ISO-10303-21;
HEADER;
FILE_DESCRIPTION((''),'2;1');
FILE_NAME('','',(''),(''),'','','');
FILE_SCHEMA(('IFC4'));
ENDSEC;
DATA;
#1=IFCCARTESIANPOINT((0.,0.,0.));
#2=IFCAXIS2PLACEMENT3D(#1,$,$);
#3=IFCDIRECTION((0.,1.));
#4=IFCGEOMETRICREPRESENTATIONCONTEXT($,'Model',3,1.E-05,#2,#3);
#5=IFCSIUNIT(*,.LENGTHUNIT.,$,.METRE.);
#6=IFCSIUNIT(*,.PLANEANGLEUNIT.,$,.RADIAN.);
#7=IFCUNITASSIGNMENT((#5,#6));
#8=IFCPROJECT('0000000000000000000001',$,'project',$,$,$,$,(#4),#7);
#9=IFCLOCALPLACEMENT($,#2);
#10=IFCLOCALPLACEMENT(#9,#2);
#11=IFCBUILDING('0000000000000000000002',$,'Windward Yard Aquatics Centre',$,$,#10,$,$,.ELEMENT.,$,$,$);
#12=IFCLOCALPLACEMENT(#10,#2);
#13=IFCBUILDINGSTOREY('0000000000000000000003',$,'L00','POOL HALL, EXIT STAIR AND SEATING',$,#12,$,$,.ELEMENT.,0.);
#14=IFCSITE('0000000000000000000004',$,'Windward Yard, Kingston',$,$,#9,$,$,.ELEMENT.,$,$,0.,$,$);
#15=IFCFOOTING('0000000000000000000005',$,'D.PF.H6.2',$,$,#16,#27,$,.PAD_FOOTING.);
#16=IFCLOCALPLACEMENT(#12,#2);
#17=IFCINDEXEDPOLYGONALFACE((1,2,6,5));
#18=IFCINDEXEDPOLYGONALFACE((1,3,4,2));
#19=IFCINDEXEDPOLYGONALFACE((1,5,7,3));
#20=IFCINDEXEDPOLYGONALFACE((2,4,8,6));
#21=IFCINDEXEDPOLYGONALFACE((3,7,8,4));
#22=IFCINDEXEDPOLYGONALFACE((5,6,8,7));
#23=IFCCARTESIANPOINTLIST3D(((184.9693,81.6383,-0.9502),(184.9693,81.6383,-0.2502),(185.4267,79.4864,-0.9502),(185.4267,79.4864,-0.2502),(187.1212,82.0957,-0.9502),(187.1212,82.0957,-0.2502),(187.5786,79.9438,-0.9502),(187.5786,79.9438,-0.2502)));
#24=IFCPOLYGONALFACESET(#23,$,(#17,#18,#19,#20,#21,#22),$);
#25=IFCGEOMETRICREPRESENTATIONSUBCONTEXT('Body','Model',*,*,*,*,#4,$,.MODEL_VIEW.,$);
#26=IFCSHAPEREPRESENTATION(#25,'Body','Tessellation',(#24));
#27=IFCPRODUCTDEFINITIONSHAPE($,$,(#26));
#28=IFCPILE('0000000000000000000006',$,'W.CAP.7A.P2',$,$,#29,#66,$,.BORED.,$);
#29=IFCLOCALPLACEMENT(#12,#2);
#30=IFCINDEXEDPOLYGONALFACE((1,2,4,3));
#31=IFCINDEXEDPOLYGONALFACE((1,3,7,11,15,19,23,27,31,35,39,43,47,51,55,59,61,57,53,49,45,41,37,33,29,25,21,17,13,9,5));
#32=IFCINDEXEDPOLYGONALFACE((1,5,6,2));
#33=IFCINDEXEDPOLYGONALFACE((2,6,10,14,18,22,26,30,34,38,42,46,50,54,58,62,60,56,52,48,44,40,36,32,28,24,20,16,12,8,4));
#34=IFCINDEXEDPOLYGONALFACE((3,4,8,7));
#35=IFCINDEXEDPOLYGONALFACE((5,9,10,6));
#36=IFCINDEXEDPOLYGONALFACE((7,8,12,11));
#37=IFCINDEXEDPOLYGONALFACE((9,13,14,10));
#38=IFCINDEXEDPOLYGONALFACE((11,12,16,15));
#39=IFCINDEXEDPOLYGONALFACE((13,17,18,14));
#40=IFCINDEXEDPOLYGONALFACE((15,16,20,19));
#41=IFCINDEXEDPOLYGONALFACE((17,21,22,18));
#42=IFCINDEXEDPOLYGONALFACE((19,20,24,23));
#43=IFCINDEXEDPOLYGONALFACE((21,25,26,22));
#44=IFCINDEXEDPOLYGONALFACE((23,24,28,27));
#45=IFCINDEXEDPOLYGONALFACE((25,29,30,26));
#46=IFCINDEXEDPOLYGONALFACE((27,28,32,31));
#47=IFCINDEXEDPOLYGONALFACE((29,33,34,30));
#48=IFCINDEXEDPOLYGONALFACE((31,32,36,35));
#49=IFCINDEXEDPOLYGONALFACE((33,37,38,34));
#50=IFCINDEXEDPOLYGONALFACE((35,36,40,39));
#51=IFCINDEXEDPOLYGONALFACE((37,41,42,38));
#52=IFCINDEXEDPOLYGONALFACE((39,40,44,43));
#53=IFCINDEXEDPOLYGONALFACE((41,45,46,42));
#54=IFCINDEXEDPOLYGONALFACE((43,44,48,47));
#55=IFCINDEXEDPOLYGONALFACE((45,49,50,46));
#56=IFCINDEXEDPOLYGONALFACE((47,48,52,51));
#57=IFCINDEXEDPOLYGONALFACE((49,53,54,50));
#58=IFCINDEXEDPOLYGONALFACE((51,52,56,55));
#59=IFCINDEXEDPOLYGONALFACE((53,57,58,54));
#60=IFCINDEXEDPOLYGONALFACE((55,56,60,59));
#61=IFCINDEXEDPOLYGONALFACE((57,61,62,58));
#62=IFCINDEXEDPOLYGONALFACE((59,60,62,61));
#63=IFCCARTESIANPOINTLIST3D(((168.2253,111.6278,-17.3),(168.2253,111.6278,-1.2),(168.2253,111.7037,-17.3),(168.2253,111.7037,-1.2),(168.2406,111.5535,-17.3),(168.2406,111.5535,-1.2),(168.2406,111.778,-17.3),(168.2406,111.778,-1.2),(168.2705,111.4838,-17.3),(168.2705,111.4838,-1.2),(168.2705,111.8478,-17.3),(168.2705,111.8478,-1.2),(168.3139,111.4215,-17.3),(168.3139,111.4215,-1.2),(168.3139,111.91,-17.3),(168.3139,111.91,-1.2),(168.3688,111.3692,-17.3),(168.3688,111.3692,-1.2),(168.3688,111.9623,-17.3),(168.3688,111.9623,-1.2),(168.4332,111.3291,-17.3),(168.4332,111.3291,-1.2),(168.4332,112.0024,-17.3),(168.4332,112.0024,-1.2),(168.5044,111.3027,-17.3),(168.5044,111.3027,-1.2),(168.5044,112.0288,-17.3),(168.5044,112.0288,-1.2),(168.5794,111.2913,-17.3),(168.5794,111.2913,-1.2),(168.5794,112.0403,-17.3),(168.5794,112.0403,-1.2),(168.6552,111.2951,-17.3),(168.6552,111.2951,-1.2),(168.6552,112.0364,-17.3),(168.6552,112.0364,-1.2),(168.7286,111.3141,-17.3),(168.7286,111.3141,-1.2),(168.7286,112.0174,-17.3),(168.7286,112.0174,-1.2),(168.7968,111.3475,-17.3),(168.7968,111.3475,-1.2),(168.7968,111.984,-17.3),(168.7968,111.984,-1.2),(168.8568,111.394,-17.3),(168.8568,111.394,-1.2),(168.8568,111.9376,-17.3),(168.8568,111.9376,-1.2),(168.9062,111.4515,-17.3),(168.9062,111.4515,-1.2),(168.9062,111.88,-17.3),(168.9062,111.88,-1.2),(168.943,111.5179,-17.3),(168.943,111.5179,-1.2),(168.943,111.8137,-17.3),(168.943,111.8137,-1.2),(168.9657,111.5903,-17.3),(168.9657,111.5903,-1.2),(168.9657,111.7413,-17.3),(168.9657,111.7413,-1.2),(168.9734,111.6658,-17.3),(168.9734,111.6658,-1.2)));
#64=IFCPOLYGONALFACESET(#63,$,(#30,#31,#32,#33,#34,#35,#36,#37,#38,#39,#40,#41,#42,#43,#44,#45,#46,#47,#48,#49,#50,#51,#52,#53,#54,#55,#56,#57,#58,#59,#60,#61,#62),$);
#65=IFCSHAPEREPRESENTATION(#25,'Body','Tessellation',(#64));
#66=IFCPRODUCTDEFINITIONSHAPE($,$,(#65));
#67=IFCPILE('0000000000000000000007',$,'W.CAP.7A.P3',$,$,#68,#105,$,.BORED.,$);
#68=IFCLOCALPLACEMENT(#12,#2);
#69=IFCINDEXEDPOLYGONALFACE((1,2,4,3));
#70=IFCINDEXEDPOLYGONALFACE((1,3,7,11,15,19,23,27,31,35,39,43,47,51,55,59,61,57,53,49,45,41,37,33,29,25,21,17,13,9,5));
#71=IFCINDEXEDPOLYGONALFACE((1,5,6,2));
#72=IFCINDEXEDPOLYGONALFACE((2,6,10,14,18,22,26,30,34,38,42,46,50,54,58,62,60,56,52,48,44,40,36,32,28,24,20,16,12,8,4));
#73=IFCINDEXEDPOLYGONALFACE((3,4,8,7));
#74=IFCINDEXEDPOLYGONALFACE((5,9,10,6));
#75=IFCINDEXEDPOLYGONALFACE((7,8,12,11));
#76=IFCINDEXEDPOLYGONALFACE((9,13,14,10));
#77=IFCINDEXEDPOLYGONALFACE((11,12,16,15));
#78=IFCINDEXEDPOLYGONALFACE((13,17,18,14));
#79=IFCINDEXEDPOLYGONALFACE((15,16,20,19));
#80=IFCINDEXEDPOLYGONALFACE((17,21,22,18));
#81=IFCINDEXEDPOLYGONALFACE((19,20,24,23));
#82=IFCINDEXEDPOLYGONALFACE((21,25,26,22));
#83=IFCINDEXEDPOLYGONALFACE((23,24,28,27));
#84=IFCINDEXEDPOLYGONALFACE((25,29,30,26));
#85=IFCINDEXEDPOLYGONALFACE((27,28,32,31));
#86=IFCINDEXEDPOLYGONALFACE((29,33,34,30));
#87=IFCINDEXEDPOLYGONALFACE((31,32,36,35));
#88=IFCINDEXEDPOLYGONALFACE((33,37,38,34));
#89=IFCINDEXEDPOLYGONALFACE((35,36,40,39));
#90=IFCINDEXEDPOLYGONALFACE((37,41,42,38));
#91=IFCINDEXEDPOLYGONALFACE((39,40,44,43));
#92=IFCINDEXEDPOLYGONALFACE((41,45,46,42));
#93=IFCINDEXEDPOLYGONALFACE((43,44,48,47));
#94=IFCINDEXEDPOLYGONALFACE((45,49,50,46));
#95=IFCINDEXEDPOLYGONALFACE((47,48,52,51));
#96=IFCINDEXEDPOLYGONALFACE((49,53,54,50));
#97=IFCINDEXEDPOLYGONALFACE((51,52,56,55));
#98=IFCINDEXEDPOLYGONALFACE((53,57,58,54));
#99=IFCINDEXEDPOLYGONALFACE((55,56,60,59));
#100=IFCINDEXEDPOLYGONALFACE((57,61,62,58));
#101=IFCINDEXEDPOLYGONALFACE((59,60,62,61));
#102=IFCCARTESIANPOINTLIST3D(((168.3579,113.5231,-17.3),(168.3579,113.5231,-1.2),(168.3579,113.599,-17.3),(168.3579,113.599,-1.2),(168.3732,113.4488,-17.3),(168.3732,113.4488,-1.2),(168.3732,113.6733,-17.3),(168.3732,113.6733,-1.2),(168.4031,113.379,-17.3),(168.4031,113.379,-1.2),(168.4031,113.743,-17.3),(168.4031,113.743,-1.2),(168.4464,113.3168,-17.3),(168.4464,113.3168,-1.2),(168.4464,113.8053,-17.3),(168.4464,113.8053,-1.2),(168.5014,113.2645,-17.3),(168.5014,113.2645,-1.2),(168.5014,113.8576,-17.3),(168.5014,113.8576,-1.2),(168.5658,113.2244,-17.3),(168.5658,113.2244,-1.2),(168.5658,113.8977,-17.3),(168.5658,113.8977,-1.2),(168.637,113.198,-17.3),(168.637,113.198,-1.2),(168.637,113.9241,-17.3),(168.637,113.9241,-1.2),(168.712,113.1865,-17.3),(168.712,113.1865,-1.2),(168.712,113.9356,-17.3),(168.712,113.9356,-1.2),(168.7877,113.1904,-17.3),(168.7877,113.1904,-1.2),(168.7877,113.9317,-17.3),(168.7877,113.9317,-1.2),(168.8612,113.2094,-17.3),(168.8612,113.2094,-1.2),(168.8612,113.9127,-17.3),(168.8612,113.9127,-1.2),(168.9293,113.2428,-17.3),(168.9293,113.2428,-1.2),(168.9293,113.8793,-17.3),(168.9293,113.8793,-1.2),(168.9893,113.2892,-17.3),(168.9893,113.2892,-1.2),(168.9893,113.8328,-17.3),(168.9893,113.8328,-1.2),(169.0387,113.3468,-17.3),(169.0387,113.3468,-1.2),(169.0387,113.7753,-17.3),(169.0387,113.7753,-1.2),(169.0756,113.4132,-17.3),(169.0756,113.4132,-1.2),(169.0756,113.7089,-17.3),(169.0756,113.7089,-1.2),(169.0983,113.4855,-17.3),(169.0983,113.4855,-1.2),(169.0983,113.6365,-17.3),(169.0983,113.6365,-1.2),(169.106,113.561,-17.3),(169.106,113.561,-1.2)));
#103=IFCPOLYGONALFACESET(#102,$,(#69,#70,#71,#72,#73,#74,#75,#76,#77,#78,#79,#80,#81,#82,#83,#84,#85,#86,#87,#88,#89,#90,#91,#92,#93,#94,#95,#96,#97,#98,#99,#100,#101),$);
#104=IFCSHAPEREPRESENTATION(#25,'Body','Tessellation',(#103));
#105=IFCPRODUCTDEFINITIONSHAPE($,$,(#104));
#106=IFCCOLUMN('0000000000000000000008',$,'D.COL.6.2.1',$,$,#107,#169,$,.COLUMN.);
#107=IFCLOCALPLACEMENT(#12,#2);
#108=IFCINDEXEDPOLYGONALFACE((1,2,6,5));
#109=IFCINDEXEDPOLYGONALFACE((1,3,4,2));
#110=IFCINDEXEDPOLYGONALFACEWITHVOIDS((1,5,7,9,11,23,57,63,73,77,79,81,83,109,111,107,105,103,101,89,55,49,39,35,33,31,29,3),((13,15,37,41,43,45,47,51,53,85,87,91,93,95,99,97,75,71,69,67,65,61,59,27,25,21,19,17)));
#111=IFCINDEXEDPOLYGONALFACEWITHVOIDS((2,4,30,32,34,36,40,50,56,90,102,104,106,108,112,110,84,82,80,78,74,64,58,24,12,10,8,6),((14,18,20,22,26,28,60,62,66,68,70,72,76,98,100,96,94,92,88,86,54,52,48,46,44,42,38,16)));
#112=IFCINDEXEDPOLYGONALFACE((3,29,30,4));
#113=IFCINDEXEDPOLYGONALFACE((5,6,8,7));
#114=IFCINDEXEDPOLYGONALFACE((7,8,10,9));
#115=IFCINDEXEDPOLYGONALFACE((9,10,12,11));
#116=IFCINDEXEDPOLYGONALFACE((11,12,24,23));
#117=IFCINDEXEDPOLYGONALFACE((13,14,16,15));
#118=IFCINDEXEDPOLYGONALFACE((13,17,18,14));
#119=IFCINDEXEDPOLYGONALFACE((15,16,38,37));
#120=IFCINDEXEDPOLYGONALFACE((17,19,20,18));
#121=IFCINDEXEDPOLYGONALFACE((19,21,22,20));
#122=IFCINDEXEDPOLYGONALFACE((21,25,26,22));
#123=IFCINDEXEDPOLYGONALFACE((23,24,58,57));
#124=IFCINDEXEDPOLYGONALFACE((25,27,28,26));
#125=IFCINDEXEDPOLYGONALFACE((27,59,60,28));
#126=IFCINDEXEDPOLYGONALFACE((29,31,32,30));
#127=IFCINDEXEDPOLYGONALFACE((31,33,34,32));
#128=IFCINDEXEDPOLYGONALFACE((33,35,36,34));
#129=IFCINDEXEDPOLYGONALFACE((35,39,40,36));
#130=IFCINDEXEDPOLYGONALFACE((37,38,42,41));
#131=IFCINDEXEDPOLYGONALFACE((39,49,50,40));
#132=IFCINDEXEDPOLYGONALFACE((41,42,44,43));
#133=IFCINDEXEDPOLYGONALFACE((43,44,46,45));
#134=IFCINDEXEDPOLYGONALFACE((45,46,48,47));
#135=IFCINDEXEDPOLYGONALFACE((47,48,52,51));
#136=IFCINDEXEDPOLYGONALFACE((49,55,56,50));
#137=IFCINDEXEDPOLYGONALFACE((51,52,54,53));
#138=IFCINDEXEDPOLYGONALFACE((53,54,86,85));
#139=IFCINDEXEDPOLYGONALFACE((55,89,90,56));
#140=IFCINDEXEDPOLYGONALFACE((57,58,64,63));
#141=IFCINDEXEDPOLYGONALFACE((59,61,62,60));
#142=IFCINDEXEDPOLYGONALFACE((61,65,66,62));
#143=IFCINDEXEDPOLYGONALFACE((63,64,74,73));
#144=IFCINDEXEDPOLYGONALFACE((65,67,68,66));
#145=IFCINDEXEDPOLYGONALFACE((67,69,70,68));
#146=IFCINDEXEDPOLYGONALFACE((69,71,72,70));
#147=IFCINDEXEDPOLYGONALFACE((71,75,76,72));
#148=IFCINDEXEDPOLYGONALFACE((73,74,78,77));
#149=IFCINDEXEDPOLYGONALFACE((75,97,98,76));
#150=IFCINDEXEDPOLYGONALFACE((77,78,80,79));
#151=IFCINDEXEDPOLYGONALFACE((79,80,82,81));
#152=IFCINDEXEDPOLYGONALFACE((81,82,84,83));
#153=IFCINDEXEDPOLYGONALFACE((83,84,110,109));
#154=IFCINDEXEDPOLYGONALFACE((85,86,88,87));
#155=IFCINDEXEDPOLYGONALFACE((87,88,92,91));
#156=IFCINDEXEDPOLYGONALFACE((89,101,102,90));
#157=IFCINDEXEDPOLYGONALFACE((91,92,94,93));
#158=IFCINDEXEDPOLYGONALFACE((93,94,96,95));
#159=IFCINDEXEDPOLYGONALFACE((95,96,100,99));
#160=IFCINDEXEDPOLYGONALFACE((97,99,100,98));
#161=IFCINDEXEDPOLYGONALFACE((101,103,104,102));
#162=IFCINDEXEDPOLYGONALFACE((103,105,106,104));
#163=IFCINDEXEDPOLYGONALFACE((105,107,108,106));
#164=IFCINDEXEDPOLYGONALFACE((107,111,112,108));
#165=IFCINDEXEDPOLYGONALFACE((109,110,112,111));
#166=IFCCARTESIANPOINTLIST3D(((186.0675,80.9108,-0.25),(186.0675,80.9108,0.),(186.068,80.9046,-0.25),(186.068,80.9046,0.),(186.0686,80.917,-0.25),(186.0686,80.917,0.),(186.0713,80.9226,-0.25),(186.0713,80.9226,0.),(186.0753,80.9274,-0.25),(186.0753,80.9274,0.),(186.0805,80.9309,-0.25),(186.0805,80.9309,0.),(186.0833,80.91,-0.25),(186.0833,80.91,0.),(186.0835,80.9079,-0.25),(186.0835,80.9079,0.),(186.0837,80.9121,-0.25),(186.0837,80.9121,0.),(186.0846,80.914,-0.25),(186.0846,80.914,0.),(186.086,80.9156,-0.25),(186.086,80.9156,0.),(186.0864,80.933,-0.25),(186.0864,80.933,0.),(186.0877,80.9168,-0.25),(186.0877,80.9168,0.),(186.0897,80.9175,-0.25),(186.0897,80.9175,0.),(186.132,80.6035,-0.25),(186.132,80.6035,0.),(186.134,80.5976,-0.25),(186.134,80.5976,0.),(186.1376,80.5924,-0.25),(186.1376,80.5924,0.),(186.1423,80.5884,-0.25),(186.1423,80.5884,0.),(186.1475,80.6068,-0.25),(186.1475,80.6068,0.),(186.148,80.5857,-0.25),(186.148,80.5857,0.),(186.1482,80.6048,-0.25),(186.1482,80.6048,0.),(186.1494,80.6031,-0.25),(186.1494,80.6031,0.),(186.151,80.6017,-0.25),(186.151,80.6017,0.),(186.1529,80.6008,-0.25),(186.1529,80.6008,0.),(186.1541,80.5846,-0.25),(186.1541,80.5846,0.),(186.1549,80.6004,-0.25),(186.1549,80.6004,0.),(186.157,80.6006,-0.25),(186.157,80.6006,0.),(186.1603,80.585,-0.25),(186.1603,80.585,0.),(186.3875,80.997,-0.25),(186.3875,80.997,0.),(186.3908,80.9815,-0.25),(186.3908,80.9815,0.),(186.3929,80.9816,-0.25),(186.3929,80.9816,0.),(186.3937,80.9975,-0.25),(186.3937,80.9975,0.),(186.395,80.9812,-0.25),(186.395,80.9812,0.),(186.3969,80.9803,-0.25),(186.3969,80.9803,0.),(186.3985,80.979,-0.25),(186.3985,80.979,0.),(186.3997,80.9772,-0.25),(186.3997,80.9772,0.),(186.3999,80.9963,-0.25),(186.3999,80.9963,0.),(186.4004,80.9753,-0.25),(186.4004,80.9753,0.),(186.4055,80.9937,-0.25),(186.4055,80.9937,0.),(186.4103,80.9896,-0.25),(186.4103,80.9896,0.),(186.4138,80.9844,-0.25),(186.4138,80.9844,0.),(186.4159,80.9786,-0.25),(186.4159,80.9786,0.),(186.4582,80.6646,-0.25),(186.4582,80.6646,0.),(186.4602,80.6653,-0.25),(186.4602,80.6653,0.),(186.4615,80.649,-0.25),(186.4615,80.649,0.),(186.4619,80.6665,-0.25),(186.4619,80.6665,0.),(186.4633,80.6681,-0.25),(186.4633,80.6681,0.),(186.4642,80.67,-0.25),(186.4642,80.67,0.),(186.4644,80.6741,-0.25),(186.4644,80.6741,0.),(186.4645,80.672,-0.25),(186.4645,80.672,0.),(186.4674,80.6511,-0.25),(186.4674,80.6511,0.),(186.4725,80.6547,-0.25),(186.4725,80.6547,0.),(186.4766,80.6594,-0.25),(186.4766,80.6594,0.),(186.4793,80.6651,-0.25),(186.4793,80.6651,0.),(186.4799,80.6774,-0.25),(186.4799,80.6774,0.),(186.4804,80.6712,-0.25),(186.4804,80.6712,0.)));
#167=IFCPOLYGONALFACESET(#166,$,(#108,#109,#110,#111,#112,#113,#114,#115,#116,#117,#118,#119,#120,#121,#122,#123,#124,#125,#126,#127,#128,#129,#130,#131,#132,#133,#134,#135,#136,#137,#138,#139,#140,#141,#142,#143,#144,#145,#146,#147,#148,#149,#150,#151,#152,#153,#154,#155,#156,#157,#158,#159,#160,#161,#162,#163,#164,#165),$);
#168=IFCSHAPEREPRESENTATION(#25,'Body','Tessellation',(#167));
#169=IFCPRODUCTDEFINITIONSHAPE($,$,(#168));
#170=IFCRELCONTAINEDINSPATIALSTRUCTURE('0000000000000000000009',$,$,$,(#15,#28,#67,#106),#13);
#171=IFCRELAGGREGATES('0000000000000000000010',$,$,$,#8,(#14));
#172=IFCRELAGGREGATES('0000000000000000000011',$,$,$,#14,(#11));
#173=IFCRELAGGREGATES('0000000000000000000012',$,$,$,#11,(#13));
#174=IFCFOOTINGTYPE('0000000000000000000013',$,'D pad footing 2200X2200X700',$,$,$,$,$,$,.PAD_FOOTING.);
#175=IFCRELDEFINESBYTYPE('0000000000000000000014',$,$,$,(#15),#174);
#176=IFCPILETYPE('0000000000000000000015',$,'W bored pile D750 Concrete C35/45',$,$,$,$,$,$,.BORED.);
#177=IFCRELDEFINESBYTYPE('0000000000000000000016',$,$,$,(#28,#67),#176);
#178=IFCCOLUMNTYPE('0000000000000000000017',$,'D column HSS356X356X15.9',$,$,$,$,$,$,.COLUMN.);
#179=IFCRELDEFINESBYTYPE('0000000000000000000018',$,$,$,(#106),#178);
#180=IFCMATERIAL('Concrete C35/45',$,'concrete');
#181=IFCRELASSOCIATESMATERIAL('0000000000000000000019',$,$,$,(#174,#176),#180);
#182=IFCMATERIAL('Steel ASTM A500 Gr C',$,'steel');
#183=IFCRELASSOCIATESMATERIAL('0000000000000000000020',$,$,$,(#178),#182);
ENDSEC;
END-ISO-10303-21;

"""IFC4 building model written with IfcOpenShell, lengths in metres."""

from ifc_helpers import new_model, si_unit, direction, frame, origin, origin_2d, place, context, subcontext, project, spatial, rectangle, hollow_rectangle, circle, extrude, material, material_profile, profile_set, type_object, element, save


model = new_model("IFC4")

# Units and contexts
model_context = context("Model", 3, precision=1e-05, world=origin(), true_north=direction((0.0, 1.0)))
body_context = subcontext(model_context, "Body", "Model", "MODEL_VIEW")
ifc_project = project(units=[si_unit("LENGTHUNIT", "METRE"), si_unit("PLANEANGLEUNIT", "RADIAN")], contexts=[model_context])

# Site, building, storey
site_placement = place(None, origin())
site = spatial("IfcSite", under=ifc_project, at=site_placement, Name="Windward Yard, Kingston", CompositionType="ELEMENT", RefElevation=0.0)
building_placement = place(site_placement, origin())
building = spatial("IfcBuilding", under=site, at=building_placement, Name="Windward Yard Aquatics Centre", CompositionType="ELEMENT")
storey_placement = place(building_placement, origin())
storey = spatial("IfcBuildingStorey", under=building, at=storey_placement, Name="L00", Description="POOL HALL, EXIT STAIR AND SEATING", CompositionType="ELEMENT", Elevation=0.0)

# Footing
ifc_material_1 = material(Name="Concrete C35/45", Category="concrete")
footing_type = type_object("IfcFootingType", Name="D pad footing 2200X2200X700", PredefinedType="PAD_FOOTING", material=ifc_material_1)
footing_placement = place(storey_placement, frame((186.2739, 80.791, -0.9502), z_axis=(0.0, 0.0, 1.0), x_axis=(0.978148, 0.207912, 0.0)))
element("IfcFooting", 1, at=footing_placement, inside=storey, type_object=footing_type, Name="D.PF.H6.2", PredefinedType="PAD_FOOTING", context=body_context, shape_type="SweptSolid", body=[
    extrude(rectangle(XDim=2.2, YDim=2.2, at=origin_2d()), origin(), (0.0, 0.0, 1.0), 0.7),
])

# Piles
ifc_material_profile_1 = material_profile(ifc_material_1, circle(Radius=0.375, at=origin_2d()), Name="D750")
ifc_profile_set_1 = profile_set([ifc_material_profile_1], Name="Concrete C35/45")
pile_type = type_object("IfcPileType", Name="W bored pile D750 Concrete C35/45", PredefinedType="BORED", material=ifc_profile_set_1)
for number, where, z_axis, x_axis, name in (
    (2, (168.5984, 111.6658, -1.2), (0.0, 0.0, -1.0), (1.0, 0.0, 0.0), "W.CAP.7A.P2"),
    (3, (168.731, 113.561, -1.2), (0.0, 0.0, -1.0), (1.0, 0.0, 0.0), "W.CAP.7A.P3"),
):
    element("IfcPile", number, at=place(storey_placement, frame(where, z_axis=z_axis, x_axis=x_axis)), inside=storey, type_object=pile_type, Name=name, PredefinedType="BORED", context=body_context, shape_type="SweptSolid", body=[
        extrude(circle(Radius=0.375, at=origin_2d()), origin(), (0.0, 0.0, 1.0), 16.1001),
    ])

# Column
ifc_material_2 = material(Name="Steel ASTM A500 Gr C", Category="steel")
ifc_material_profile_2 = material_profile(ifc_material_2, hollow_rectangle(XDim=0.3557, YDim=0.3557, WallThickness=0.0159, InnerFilletRadius=0.0081, OuterFilletRadius=0.0239, at=origin_2d()), Name="HSS356X356X15.9")
ifc_profile_set_2 = profile_set([ifc_material_profile_2], Name="Steel ASTM A500 Gr C")
column_type = type_object("IfcColumnType", Name="D column HSS356X356X15.9", PredefinedType="COLUMN", material=ifc_profile_set_2)
column_1_placement = place(storey_placement, frame((186.2739, 80.791, -0.25), z_axis=(0.0, 0.0, 1.0), x_axis=(0.978148, 0.207912, 0.0)))
element("IfcColumn", 4, at=column_1_placement, inside=storey, type_object=column_type, Name="D.COL.6.2.1", PredefinedType="COLUMN", context=body_context, shape_type="SweptSolid", body=[
    extrude(hollow_rectangle(XDim=0.3557, YDim=0.3557, WallThickness=0.0159, InnerFilletRadius=0.0081, OuterFilletRadius=0.0239, at=origin_2d()), origin(), (0.0, 0.0, 1.0), 0.25),
])

save(model, "model.ifc")
